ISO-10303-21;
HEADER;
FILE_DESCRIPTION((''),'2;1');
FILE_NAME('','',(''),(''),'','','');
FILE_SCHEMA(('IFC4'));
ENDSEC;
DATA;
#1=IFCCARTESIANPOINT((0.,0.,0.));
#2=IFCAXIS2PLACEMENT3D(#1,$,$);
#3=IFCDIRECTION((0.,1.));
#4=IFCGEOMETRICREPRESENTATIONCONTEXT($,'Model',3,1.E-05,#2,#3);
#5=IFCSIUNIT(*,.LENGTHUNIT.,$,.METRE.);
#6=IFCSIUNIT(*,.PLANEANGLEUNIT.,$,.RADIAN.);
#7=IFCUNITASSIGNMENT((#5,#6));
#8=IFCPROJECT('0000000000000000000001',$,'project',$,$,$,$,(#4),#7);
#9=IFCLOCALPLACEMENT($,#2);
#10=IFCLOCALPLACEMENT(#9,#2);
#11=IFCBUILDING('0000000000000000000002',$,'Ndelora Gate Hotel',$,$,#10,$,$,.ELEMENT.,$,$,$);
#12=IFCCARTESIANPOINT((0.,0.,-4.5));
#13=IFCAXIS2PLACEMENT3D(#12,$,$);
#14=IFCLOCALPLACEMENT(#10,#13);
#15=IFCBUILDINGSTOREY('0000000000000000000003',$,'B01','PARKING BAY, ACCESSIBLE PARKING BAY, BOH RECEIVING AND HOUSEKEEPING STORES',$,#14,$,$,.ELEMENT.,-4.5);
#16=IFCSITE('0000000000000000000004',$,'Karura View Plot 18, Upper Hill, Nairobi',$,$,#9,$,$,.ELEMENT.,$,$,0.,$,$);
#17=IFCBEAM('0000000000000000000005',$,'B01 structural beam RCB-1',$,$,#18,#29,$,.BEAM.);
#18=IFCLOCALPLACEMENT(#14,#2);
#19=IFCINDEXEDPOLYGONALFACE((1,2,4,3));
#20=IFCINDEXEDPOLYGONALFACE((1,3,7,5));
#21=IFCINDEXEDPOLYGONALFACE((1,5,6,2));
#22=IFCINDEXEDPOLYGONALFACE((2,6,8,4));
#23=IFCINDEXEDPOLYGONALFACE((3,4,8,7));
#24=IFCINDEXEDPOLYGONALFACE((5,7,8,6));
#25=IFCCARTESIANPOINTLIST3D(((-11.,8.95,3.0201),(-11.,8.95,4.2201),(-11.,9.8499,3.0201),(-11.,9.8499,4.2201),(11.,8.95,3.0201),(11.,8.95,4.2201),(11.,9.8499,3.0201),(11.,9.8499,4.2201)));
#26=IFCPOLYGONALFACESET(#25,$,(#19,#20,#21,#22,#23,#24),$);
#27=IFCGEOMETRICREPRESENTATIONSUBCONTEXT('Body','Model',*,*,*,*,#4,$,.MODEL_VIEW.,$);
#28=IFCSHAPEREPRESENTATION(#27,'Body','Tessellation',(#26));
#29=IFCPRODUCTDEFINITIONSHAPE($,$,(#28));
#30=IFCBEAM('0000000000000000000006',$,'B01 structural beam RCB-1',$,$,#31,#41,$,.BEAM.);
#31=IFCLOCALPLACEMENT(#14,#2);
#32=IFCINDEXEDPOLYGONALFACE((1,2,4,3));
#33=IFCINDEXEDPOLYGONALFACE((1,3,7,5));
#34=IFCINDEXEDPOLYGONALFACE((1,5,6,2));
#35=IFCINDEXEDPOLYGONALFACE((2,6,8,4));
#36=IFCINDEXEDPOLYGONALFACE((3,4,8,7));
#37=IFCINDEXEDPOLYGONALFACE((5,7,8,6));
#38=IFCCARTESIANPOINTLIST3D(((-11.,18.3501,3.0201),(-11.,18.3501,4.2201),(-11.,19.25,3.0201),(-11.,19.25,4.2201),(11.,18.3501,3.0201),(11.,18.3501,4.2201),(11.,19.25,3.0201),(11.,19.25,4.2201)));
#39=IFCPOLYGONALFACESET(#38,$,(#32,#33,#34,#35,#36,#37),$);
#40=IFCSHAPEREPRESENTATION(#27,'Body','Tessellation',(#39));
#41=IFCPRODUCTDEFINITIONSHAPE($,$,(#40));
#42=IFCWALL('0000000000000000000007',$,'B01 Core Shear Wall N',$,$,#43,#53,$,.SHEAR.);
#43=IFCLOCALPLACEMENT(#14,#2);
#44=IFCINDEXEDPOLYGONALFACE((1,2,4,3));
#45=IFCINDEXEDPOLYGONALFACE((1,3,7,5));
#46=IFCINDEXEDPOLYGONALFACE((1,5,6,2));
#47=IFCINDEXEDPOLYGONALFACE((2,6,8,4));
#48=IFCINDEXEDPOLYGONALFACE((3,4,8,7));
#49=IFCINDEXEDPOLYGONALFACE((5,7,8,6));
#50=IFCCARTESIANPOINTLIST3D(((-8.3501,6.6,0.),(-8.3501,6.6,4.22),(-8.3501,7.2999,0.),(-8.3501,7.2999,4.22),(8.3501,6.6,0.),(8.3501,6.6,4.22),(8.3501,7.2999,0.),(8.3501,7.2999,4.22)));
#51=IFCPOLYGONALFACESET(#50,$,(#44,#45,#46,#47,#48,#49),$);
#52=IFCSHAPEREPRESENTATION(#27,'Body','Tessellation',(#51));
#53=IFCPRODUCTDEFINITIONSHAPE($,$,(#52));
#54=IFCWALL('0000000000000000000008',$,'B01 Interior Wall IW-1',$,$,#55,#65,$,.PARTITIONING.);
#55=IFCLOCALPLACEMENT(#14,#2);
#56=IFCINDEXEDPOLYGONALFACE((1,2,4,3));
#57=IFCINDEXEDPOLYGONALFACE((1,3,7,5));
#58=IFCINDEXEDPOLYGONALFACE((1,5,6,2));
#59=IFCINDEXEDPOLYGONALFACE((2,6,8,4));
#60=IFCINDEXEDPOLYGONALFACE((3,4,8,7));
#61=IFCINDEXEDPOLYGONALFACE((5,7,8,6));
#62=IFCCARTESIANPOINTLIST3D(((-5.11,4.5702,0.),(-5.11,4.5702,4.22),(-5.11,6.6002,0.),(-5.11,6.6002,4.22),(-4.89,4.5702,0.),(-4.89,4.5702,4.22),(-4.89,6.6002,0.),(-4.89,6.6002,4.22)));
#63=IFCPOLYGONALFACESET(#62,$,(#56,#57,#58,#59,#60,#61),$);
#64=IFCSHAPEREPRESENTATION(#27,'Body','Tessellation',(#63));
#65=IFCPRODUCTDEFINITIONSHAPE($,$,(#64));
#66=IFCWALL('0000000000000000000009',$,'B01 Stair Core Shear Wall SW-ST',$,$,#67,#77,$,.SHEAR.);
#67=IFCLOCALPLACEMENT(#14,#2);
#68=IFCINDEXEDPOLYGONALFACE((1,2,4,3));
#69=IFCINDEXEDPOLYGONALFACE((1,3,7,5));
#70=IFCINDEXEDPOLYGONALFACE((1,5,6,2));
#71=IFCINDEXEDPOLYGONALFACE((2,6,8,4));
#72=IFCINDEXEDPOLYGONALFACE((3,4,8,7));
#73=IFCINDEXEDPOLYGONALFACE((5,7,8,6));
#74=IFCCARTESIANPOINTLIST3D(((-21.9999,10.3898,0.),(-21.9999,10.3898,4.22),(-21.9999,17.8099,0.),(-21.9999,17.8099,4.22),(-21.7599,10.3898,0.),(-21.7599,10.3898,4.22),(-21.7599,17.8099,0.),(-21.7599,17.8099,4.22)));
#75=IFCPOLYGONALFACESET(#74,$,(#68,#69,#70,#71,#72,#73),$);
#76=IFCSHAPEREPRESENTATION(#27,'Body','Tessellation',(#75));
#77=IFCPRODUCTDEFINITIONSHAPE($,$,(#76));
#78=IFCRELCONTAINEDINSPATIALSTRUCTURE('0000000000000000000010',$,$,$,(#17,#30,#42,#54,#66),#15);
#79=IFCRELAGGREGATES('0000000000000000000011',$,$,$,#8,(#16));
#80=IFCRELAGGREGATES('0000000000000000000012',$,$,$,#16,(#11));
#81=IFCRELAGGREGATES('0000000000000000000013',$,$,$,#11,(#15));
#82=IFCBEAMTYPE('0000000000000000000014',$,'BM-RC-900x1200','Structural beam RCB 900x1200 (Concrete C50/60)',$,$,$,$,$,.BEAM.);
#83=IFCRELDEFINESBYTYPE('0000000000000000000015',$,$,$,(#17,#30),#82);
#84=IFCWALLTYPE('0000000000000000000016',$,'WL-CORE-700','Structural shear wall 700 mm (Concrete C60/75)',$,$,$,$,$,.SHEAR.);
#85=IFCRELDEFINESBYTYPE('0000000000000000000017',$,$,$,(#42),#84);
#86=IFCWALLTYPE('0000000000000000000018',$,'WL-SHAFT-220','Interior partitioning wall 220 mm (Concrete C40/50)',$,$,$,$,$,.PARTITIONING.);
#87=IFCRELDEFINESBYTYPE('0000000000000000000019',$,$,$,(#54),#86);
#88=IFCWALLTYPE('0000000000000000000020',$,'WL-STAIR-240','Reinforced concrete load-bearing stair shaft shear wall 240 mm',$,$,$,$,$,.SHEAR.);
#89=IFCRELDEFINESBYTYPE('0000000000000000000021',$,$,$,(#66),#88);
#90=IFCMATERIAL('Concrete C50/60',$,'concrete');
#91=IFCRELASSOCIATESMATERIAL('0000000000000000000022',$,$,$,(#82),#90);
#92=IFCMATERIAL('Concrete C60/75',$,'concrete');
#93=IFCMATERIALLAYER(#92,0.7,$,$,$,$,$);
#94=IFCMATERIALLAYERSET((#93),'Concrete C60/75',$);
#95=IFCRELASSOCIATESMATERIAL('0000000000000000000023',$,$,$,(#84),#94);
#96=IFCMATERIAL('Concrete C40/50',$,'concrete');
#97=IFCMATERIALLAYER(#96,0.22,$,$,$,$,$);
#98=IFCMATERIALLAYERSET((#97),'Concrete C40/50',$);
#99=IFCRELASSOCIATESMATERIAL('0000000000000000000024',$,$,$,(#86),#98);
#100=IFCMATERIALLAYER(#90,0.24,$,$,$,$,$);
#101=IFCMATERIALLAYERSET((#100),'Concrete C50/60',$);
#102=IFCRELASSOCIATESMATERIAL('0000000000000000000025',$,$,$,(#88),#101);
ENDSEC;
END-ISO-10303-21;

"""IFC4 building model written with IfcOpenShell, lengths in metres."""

from ifc_helpers import new_model, si_unit, direction, frame, frame_2d, origin, origin_2d, place, context, subcontext, project, spatial, rectangle, extrude, material, layer, layer_set, material_profile, profile_set, type_object, element, save


model = new_model("IFC4")

# Units and contexts
model_context = context("Model", 3, precision=1e-05, world=origin(), true_north=direction((0.0, 1.0)))
body_context = subcontext(model_context, "Body", "Model", "MODEL_VIEW")
ifc_project = project(units=[si_unit("LENGTHUNIT", "METRE"), si_unit("PLANEANGLEUNIT", "RADIAN")], contexts=[model_context])

# Site, building, storey
site_placement = place(None, origin())
site = spatial("IfcSite", under=ifc_project, at=site_placement, Name="Karura View Plot 18, Upper Hill, Nairobi", CompositionType="ELEMENT", RefElevation=0.0)
building_placement = place(site_placement, origin())
building = spatial("IfcBuilding", under=site, at=building_placement, Name="Ndelora Gate Hotel", CompositionType="ELEMENT")
storey_placement = place(building_placement, frame((0.0, 0.0, -4.5)))
storey = spatial("IfcBuildingStorey", under=building, at=storey_placement, Name="B01", Description="PARKING BAY, ACCESSIBLE PARKING BAY, BOH RECEIVING AND HOUSEKEEPING STORES", CompositionType="ELEMENT", Elevation=-4.5)

# Shared definitions
ifc_material_1 = material(Name="Concrete C60/75", Category="concrete")
ifc_material_2 = material(Name="Concrete C50/60", Category="concrete")

# Beams
ifc_material_profile_1 = material_profile(ifc_material_2, rectangle(XDim=0.8999, YDim=1.2, at=origin_2d()), Name="RCB 900x1200")
ifc_profile_set_1 = profile_set([ifc_material_profile_1], Name="Concrete C50/60")
beam_type_1 = type_object("IfcBeamType", Name="BM-RC-900x1200", Description="Structural beam RCB 900x1200 (Concrete C50/60)", PredefinedType="BEAM", material=ifc_profile_set_1)
for number, where, z_axis, x_axis, name in (
    (1, (-11.0, 9.3999, 3.6201), (1.0, 0.0, 0.0), (0.0, 1.0, 0.0), "B01 structural beam RCB-1"),
    (2, (-11.0, 18.8, 3.6201), (1.0, 0.0, 0.0), (0.0, 1.0, 0.0), "B01 structural beam RCB-1"),
):
    element("IfcBeam", number, at=place(storey_placement, frame(where, z_axis=z_axis, x_axis=x_axis)), inside=storey, type_object=beam_type_1, Name=name, PredefinedType="BEAM", context=body_context, shape_type="SweptSolid", body=[
        extrude(rectangle(XDim=0.8999, YDim=1.2, at=origin_2d()), origin(), (0.0, 0.0, 1.0), 22.0),
    ])

# Walls
ifc_layer_1 = layer(ifc_material_1, 0.7)
ifc_layer_set_1 = layer_set([ifc_layer_1], Name="Concrete C60/75")
wall_type_1 = type_object("IfcWallType", Name="WL-CORE-700", Description="Structural shear wall 700 mm (Concrete C60/75)", PredefinedType="SHEAR", material=ifc_layer_set_1)
wall_1_placement = place(storey_placement, frame((-8.3501, 6.95, 0.0), z_axis=(0.0, 0.0, 1.0), x_axis=(1.0, 0.0, 0.0)))
element("IfcWall", 3, at=wall_1_placement, inside=storey, type_object=wall_type_1, Name="B01 Core Shear Wall N", PredefinedType="SHEAR", context=body_context, shape_type="SweptSolid", body=[
    extrude(rectangle(XDim=16.7002, YDim=0.7, at=frame_2d((8.3501, 0.0))), origin(), (0.0, 0.0, 1.0), 4.22),
])
ifc_material_3 = material(Name="Concrete C40/50", Category="concrete")
ifc_layer_2 = layer(ifc_material_3, 0.22)
ifc_layer_set_2 = layer_set([ifc_layer_2], Name="Concrete C40/50")
wall_type_2 = type_object("IfcWallType", Name="WL-SHAFT-220", Description="Interior partitioning wall 220 mm (Concrete C40/50)", PredefinedType="PARTITIONING", material=ifc_layer_set_2)
wall_2_placement = place(storey_placement, frame((-5.0, 4.5701, 0.0), z_axis=(0.0, 0.0, 1.0), x_axis=(0.0, 1.0, 0.0)))
element("IfcWall", 4, at=wall_2_placement, inside=storey, type_object=wall_type_2, Name="B01 Interior Wall IW-1", PredefinedType="PARTITIONING", context=body_context, shape_type="SweptSolid", body=[
    extrude(rectangle(XDim=2.03, YDim=0.22, at=frame_2d((1.0151, 0.0))), origin(), (0.0, 0.0, 1.0), 4.22),
])
ifc_layer_3 = layer(ifc_material_2, 0.24)
ifc_layer_set_3 = layer_set([ifc_layer_3], Name="Concrete C50/60")
wall_type_3 = type_object("IfcWallType", Name="WL-STAIR-240", Description="Reinforced concrete load-bearing stair shaft shear wall 240 mm", PredefinedType="SHEAR", material=ifc_layer_set_3)
wall_3_placement = place(storey_placement, frame((-21.8799, 10.3899, 0.0), z_axis=(0.0, 0.0, 1.0), x_axis=(0.0, 1.0, 0.0)))
element("IfcWall", 5, at=wall_3_placement, inside=storey, type_object=wall_type_3, Name="B01 Stair Core Shear Wall SW-ST", PredefinedType="SHEAR", context=body_context, shape_type="SweptSolid", body=[
    extrude(rectangle(XDim=7.4202, YDim=0.24, at=frame_2d((3.71, 0.0))), origin(), (0.0, 0.0, 1.0), 4.22),
])

save(model, "model.ifc")
